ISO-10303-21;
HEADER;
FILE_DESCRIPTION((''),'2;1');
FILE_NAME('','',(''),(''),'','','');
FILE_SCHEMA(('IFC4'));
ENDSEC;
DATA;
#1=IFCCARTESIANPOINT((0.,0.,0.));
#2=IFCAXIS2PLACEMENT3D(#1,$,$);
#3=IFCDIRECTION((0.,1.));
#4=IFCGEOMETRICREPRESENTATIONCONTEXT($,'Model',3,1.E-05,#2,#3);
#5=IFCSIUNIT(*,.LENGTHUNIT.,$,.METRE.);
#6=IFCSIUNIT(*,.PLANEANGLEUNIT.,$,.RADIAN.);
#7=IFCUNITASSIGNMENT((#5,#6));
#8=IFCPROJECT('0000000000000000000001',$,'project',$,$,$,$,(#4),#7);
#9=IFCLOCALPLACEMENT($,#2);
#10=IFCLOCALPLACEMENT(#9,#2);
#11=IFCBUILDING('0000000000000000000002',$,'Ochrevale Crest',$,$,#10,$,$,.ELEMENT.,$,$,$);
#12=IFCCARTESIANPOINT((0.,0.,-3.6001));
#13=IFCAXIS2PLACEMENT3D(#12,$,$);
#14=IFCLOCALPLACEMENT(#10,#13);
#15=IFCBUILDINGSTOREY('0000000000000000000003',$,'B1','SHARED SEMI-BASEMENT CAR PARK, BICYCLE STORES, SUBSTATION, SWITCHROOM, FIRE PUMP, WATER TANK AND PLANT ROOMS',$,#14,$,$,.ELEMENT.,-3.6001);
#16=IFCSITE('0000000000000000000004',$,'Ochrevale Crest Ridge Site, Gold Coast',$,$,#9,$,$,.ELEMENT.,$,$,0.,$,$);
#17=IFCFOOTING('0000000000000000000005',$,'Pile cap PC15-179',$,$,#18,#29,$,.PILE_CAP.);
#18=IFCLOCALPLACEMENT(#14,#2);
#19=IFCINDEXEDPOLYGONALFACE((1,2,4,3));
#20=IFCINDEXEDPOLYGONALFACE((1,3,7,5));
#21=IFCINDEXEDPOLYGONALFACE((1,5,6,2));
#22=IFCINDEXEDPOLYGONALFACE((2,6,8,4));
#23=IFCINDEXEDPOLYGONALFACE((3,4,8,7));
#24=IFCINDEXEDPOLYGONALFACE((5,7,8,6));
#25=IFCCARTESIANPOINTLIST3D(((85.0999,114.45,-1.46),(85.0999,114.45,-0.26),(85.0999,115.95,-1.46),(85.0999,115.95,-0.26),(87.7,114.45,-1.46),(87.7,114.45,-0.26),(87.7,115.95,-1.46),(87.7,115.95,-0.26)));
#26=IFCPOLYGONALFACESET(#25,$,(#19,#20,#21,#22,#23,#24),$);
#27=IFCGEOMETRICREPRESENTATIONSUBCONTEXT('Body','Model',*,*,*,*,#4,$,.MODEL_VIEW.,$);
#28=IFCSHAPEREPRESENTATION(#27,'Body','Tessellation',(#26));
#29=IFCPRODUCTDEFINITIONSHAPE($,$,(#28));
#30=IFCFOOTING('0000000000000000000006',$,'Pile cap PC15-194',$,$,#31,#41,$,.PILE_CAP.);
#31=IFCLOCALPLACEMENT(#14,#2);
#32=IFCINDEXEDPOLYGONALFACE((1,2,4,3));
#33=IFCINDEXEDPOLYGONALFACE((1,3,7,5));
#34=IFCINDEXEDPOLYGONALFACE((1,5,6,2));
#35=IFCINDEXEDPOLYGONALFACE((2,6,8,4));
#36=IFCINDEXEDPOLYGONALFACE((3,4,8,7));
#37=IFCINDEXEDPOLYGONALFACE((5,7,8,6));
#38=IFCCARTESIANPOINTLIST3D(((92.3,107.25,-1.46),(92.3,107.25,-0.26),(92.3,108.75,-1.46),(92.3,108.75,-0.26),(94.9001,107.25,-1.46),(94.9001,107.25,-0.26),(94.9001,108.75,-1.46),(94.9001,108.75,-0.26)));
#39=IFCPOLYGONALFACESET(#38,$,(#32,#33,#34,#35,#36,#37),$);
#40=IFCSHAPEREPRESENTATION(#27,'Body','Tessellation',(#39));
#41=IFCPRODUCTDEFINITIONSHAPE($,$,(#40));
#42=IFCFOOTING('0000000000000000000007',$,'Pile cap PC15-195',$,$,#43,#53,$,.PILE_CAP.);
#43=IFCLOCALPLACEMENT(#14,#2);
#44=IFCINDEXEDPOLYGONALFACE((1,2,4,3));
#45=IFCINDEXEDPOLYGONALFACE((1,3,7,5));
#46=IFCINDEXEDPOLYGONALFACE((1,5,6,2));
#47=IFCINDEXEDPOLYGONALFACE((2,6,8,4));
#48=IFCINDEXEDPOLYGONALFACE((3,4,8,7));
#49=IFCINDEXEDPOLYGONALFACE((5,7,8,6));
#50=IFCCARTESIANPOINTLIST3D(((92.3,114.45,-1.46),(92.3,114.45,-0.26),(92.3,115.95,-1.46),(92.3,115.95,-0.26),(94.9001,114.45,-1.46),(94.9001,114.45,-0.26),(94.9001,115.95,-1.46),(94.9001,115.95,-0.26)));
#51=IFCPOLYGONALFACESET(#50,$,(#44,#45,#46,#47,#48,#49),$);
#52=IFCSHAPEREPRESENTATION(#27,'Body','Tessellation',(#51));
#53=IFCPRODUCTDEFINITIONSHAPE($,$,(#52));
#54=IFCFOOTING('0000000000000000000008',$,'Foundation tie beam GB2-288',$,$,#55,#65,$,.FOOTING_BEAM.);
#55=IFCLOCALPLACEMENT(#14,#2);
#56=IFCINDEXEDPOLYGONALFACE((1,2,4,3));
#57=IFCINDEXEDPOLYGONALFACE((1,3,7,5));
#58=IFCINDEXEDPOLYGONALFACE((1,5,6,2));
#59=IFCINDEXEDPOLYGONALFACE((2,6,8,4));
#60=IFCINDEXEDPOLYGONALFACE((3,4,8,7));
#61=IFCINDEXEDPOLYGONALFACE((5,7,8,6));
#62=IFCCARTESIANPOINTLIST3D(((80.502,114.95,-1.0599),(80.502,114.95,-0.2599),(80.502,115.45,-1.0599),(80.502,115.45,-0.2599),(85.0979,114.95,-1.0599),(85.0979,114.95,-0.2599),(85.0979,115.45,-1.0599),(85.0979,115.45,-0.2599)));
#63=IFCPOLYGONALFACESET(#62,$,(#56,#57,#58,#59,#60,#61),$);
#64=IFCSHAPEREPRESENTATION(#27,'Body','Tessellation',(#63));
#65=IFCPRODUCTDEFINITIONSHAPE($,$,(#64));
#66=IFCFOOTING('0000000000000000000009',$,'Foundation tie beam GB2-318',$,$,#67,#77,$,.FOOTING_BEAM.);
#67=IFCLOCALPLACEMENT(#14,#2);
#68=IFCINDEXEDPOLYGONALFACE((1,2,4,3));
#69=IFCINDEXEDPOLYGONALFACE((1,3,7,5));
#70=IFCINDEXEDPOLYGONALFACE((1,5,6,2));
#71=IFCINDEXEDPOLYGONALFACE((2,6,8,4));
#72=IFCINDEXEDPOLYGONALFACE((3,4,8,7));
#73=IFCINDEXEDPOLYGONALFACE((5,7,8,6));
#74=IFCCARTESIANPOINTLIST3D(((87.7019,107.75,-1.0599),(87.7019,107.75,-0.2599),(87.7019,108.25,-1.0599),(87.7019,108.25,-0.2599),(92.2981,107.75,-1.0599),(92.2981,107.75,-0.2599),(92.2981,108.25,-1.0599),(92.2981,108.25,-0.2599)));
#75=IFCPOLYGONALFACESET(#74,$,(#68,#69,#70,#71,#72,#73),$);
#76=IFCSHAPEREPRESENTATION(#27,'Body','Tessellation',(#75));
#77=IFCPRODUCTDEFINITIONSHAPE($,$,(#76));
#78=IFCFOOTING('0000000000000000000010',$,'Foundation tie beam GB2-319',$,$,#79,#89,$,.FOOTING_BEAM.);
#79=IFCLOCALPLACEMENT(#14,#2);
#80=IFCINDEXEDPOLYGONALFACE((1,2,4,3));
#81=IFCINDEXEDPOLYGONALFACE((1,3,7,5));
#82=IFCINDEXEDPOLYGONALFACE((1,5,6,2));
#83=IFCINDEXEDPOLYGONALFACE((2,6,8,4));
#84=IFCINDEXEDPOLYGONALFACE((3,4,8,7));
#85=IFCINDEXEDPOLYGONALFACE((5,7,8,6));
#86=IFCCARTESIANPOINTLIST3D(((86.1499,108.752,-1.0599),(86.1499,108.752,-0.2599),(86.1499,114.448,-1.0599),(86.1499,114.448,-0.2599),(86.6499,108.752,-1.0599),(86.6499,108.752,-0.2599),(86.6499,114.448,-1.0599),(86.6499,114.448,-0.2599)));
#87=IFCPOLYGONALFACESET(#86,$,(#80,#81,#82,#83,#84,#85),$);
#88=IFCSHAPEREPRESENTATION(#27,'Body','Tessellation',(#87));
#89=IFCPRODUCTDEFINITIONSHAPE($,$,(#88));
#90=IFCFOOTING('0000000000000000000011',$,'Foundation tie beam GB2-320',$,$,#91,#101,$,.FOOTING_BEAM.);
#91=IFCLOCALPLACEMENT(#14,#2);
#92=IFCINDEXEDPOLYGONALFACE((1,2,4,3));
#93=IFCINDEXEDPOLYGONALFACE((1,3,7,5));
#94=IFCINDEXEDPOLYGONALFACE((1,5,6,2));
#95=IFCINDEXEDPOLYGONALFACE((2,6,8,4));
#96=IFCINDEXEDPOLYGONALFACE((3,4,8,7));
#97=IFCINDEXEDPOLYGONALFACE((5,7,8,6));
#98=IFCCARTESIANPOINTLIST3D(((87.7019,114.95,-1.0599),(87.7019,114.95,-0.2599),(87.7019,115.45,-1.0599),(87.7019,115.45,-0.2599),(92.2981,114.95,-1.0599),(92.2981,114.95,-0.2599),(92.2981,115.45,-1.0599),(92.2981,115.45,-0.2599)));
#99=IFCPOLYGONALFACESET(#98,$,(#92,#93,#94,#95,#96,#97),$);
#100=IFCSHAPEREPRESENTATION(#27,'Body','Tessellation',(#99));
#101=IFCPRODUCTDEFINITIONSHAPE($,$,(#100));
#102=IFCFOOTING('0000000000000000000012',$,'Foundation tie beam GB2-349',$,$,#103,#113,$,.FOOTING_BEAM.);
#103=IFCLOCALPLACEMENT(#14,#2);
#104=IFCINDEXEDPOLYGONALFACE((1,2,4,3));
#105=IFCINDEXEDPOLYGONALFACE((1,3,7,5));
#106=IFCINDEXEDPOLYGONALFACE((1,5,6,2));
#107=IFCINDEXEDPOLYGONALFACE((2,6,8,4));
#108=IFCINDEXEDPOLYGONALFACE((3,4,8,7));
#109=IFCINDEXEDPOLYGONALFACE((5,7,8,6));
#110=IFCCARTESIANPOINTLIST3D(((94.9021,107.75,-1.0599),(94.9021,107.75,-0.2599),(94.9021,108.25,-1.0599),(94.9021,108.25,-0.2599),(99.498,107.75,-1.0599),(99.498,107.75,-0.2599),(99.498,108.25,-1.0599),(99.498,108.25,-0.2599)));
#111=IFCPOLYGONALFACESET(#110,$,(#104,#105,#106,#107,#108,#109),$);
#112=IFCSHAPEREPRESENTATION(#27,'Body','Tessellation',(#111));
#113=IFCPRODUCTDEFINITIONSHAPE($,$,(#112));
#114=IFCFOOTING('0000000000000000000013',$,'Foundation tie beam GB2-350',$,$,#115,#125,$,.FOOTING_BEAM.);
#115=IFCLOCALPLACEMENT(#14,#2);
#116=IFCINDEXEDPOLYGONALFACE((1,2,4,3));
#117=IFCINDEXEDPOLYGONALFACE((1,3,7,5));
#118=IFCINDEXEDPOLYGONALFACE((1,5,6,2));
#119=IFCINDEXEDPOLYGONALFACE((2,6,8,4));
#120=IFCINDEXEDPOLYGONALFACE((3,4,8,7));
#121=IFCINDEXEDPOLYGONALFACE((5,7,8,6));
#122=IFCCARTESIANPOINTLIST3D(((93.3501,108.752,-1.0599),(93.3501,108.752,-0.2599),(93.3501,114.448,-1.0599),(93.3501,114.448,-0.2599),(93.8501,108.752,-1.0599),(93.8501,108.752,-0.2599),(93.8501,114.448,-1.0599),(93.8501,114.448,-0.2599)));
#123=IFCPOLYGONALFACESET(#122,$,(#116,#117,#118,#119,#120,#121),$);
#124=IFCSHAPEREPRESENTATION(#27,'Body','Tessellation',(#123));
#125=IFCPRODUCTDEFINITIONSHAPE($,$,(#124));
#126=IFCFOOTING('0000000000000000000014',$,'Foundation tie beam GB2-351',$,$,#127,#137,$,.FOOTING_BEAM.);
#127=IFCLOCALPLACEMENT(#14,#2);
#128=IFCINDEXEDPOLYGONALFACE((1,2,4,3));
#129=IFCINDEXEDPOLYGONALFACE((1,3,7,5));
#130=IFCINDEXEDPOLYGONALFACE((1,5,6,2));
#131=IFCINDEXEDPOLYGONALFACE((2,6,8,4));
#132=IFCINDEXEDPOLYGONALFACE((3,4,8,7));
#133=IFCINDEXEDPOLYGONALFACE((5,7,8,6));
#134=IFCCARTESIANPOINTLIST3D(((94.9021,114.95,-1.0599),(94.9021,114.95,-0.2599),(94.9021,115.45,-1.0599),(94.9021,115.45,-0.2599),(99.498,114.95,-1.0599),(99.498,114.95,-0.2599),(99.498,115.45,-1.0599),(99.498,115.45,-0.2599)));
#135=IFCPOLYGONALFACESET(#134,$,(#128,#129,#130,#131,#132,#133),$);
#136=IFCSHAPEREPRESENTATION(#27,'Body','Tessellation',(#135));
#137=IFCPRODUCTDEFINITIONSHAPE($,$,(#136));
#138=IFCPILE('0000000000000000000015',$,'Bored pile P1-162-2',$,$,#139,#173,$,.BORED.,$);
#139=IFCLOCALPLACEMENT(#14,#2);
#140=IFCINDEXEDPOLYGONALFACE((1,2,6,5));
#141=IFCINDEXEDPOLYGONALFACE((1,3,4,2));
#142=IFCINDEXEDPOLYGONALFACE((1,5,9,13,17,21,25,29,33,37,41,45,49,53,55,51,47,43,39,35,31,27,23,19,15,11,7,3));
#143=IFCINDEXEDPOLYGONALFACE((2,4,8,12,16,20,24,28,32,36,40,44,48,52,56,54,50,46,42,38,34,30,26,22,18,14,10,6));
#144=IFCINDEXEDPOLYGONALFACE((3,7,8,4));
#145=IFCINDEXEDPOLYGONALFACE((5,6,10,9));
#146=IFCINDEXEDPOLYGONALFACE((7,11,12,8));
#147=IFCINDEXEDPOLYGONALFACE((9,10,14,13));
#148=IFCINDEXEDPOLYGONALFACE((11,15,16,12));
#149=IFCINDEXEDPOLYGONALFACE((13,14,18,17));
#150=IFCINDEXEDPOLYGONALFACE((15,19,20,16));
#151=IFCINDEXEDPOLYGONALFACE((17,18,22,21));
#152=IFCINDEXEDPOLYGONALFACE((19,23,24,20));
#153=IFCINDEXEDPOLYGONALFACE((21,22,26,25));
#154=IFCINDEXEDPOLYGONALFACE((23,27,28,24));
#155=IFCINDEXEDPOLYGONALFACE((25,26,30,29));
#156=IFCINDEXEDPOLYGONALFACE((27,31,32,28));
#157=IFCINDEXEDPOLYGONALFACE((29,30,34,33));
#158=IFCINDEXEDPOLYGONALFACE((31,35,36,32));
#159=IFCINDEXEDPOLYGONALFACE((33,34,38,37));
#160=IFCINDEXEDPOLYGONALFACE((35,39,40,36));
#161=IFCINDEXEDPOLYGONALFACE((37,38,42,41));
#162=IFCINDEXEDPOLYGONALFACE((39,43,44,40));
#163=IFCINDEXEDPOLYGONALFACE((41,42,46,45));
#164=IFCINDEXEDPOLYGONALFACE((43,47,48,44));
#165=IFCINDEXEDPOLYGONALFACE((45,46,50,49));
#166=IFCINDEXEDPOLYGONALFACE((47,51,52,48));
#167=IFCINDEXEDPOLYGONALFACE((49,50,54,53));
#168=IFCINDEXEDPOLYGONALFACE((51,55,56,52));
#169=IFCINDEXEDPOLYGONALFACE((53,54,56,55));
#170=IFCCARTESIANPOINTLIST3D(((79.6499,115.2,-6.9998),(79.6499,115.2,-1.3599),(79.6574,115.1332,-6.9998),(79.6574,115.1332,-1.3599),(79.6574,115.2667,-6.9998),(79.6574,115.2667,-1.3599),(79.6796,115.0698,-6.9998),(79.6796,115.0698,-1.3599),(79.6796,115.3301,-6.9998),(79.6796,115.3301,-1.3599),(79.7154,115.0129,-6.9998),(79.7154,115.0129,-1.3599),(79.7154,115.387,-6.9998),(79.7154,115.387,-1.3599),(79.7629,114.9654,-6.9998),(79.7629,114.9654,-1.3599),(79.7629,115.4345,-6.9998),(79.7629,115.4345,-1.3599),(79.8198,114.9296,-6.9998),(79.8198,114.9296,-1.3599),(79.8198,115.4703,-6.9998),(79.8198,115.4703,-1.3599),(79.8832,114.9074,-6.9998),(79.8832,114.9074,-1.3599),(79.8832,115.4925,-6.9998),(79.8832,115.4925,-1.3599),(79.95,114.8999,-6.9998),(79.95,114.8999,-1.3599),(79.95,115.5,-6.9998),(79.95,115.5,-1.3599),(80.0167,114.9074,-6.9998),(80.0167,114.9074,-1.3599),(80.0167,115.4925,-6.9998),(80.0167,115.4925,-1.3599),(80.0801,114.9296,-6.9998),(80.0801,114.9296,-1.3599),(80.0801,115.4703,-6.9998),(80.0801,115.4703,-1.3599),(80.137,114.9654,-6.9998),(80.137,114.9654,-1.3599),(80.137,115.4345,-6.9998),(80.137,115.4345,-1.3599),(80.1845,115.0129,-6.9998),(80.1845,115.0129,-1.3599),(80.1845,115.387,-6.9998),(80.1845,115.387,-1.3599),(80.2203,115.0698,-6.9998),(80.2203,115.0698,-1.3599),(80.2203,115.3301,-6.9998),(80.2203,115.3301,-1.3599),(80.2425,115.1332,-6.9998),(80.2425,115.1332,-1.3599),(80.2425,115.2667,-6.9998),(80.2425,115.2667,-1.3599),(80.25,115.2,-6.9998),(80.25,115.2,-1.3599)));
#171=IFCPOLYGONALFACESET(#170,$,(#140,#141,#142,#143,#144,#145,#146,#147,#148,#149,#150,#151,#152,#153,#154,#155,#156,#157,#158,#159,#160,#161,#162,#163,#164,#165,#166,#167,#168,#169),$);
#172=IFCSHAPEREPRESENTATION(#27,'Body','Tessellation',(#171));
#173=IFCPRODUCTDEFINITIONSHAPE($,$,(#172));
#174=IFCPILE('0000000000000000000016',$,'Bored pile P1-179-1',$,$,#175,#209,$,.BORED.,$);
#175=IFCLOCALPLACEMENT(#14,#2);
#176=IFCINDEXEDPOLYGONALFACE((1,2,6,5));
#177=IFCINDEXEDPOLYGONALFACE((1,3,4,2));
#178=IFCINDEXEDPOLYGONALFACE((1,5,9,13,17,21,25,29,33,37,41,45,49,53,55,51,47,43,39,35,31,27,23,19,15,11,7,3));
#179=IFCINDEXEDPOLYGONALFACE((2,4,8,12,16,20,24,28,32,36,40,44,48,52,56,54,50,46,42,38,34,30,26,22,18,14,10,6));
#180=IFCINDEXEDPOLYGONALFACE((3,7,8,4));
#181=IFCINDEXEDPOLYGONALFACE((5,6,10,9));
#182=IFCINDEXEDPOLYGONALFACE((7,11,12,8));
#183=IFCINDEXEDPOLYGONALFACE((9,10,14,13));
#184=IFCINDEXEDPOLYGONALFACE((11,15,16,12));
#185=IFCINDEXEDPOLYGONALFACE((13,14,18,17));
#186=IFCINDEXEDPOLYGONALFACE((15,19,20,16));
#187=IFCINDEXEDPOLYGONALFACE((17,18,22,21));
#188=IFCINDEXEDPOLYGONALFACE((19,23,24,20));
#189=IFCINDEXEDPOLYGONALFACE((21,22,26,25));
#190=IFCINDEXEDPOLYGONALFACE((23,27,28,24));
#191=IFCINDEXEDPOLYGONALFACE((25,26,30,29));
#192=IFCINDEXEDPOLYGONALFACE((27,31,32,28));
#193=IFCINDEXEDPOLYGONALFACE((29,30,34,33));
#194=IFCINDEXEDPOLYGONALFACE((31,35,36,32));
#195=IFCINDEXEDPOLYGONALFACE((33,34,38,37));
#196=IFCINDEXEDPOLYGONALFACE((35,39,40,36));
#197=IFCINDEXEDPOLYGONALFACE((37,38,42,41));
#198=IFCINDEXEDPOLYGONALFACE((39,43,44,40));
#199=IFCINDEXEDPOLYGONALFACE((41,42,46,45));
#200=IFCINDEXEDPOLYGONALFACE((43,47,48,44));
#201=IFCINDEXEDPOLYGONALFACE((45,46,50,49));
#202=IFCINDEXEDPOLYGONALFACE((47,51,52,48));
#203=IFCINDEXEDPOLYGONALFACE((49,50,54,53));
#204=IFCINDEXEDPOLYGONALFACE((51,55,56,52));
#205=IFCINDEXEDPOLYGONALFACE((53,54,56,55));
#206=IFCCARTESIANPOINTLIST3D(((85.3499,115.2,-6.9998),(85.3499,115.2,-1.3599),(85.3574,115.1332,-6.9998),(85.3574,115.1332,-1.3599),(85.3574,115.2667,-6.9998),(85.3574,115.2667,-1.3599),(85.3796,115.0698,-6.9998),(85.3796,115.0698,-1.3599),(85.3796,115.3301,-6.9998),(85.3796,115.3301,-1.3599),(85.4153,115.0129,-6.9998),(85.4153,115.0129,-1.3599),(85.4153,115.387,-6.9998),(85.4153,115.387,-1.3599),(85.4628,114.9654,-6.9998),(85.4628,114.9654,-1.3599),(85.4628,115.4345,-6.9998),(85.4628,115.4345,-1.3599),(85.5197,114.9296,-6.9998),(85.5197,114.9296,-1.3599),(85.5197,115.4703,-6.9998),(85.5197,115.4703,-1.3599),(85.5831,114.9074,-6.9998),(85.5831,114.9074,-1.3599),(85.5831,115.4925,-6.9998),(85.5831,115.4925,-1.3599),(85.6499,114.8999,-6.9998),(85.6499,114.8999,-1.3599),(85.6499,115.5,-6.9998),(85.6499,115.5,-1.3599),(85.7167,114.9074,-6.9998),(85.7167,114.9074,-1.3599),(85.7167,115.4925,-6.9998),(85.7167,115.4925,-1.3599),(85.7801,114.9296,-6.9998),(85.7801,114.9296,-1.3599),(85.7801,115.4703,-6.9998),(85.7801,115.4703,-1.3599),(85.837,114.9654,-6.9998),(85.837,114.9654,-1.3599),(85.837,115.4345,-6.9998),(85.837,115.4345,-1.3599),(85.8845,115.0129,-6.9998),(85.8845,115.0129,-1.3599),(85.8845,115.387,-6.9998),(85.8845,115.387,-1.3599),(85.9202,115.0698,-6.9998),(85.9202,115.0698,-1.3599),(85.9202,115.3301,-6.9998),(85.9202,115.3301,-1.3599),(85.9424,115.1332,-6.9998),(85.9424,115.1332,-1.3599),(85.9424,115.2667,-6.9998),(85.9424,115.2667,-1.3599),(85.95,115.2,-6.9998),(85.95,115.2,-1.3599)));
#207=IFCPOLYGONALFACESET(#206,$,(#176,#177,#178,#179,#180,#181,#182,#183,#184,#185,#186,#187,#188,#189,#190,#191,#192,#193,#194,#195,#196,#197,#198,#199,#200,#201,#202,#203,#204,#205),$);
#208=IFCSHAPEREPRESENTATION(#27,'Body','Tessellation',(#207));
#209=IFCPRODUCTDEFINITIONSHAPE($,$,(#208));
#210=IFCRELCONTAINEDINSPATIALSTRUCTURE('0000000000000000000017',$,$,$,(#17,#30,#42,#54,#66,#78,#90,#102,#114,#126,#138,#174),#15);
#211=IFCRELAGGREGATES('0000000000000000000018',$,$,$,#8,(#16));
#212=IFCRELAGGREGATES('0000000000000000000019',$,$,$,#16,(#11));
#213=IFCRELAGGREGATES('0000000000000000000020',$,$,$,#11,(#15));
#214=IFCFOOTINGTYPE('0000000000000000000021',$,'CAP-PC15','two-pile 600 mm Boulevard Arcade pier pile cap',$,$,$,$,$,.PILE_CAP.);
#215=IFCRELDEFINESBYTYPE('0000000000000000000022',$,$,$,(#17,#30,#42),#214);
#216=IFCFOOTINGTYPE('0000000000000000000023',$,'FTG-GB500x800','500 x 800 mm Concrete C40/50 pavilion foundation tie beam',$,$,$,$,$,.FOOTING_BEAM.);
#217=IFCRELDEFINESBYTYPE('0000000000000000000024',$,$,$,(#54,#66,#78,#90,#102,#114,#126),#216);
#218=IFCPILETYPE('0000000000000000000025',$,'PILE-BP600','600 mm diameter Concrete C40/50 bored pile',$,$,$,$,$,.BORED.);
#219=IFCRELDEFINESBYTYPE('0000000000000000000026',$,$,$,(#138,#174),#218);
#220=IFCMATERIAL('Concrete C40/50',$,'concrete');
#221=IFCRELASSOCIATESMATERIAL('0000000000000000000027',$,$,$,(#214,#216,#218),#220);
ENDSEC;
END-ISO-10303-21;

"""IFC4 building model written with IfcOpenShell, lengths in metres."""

from ifc_helpers import new_model, si_unit, direction, frame, origin, origin_2d, place, context, subcontext, project, spatial, rectangle, circle, extrude, material, material_profile, profile_set, type_object, element, save


model = new_model("IFC4")

# Units and contexts
model_context = context("Model", 3, precision=1e-05, world=origin(), true_north=direction((0.0, 1.0)))
body_context = subcontext(model_context, "Body", "Model", "MODEL_VIEW")
ifc_project = project(units=[si_unit("LENGTHUNIT", "METRE"), si_unit("PLANEANGLEUNIT", "RADIAN")], contexts=[model_context])

# Site, building, storey
site_placement = place(None, origin())
site = spatial("IfcSite", under=ifc_project, at=site_placement, Name="Ochrevale Crest Ridge Site, Gold Coast", CompositionType="ELEMENT", RefElevation=0.0)
building_placement = place(site_placement, origin())
building = spatial("IfcBuilding", under=site, at=building_placement, Name="Ochrevale Crest", CompositionType="ELEMENT")
storey_placement = place(building_placement, frame((0.0, 0.0, -3.6001)))
storey = spatial("IfcBuildingStorey", under=building, at=storey_placement, Name="B1", Description="SHARED SEMI-BASEMENT CAR PARK, BICYCLE STORES, SUBSTATION, SWITCHROOM, FIRE PUMP, WATER TANK AND PLANT ROOMS", CompositionType="ELEMENT", Elevation=-3.6001)

# Footings
ifc_material_1 = material(Name="Concrete C40/50", Category="concrete")
footing_type_1 = type_object("IfcFootingType", Name="CAP-PC15", Description="two-pile 600 mm Boulevard Arcade pier pile cap", PredefinedType="PILE_CAP", material=ifc_material_1)
for number, where, z_axis, x_axis, name in (
    (1, (86.3999, 115.2, -1.46), (0.0, 0.0, 1.0), (1.0, 0.0, 0.0), "Pile cap PC15-179"),
    (2, (93.6001, 108.0, -1.46), (0.0, 0.0, 1.0), (1.0, 0.0, 0.0), "Pile cap PC15-194"),
    (3, (93.6001, 115.2, -1.46), (0.0, 0.0, 1.0), (1.0, 0.0, 0.0), "Pile cap PC15-195"),
):
    element("IfcFooting", number, at=place(storey_placement, frame(where, z_axis=z_axis, x_axis=x_axis)), inside=storey, type_object=footing_type_1, Name=name, PredefinedType="PILE_CAP", context=body_context, shape_type="SweptSolid", body=[
        extrude(rectangle(XDim=2.6001, YDim=1.5, at=origin_2d()), origin(), (0.0, 0.0, 1.0), 1.2),
    ])
ifc_material_profile_1 = material_profile(ifc_material_1, rectangle(XDim=0.5, YDim=0.8, at=origin_2d()), Name="GB 500x800")
ifc_profile_set_1 = profile_set([ifc_material_profile_1], Name="Concrete C40/50")
footing_type_2 = type_object("IfcFootingType", Name="FTG-GB500x800", Description="500 x 800 mm Concrete C40/50 pavilion foundation tie beam", PredefinedType="FOOTING_BEAM", material=ifc_profile_set_1)
footing_1_placement = place(storey_placement, frame((80.502, 115.2, -0.6599), z_axis=(1.0, 0.0, 0.0), x_axis=(0.0, 1.0, 0.0)))
element("IfcFooting", 4, at=footing_1_placement, inside=storey, type_object=footing_type_2, Name="Foundation tie beam GB2-288", PredefinedType="FOOTING_BEAM", context=body_context, shape_type="SweptSolid", body=[
    extrude(rectangle(XDim=0.5, YDim=0.8, at=origin_2d()), origin(), (0.0, 0.0, 1.0), 4.5959),
])
footing_2_placement = place(storey_placement, frame((87.7019, 108.0, -0.6599), z_axis=(1.0, 0.0, 0.0), x_axis=(0.0, 1.0, 0.0)))
element("IfcFooting", 5, at=footing_2_placement, inside=storey, type_object=footing_type_2, Name="Foundation tie beam GB2-318", PredefinedType="FOOTING_BEAM", context=body_context, shape_type="SweptSolid", body=[
    extrude(rectangle(XDim=0.5, YDim=0.8, at=origin_2d()), origin(), (0.0, 0.0, 1.0), 4.5962),
])
footing_3_placement = place(storey_placement, frame((86.3999, 108.752, -0.6599), z_axis=(0.0, 1.0, 0.0), x_axis=(-1.0, 0.0, 0.0)))
element("IfcFooting", 6, at=footing_3_placement, inside=storey, type_object=footing_type_2, Name="Foundation tie beam GB2-319", PredefinedType="FOOTING_BEAM", context=body_context, shape_type="SweptSolid", body=[
    extrude(rectangle(XDim=0.5, YDim=0.8, at=origin_2d()), origin(), (0.0, 0.0, 1.0), 5.696),
])
footing_4_placement = place(storey_placement, frame((87.7019, 115.2, -0.6599), z_axis=(1.0, 0.0, 0.0), x_axis=(0.0, 1.0, 0.0)))
element("IfcFooting", 7, at=footing_4_placement, inside=storey, type_object=footing_type_2, Name="Foundation tie beam GB2-320", PredefinedType="FOOTING_BEAM", context=body_context, shape_type="SweptSolid", body=[
    extrude(rectangle(XDim=0.5, YDim=0.8, at=origin_2d()), origin(), (0.0, 0.0, 1.0), 4.5962),
])
footing_5_placement = place(storey_placement, frame((94.9021, 108.0, -0.6599), z_axis=(1.0, 0.0, 0.0), x_axis=(0.0, 1.0, 0.0)))
element("IfcFooting", 8, at=footing_5_placement, inside=storey, type_object=footing_type_2, Name="Foundation tie beam GB2-349", PredefinedType="FOOTING_BEAM", context=body_context, shape_type="SweptSolid", body=[
    extrude(rectangle(XDim=0.5, YDim=0.8, at=origin_2d()), origin(), (0.0, 0.0, 1.0), 4.5959),
])
footing_6_placement = place(storey_placement, frame((93.6001, 108.752, -0.6599), z_axis=(0.0, 1.0, 0.0), x_axis=(-1.0, 0.0, 0.0)))
element("IfcFooting", 9, at=footing_6_placement, inside=storey, type_object=footing_type_2, Name="Foundation tie beam GB2-350", PredefinedType="FOOTING_BEAM", context=body_context, shape_type="SweptSolid", body=[
    extrude(rectangle(XDim=0.5, YDim=0.8, at=origin_2d()), origin(), (0.0, 0.0, 1.0), 5.696),
])
footing_7_placement = place(storey_placement, frame((94.9021, 115.2, -0.6599), z_axis=(1.0, 0.0, 0.0), x_axis=(0.0, 1.0, 0.0)))
element("IfcFooting", 10, at=footing_7_placement, inside=storey, type_object=footing_type_2, Name="Foundation tie beam GB2-351", PredefinedType="FOOTING_BEAM", context=body_context, shape_type="SweptSolid", body=[
    extrude(rectangle(XDim=0.5, YDim=0.8, at=origin_2d()), origin(), (0.0, 0.0, 1.0), 4.5959),
])

# Piles
ifc_material_profile_2 = material_profile(ifc_material_1, circle(Radius=0.3, at=origin_2d()), Name="BORED PILE 600")
ifc_profile_set_2 = profile_set([ifc_material_profile_2], Name="Concrete C40/50")
pile_type = type_object("IfcPileType", Name="PILE-BP600", Description="600 mm diameter Concrete C40/50 bored pile", PredefinedType="BORED", material=ifc_profile_set_2)
for number, where, z_axis, x_axis, name in (
    (11, (79.95, 115.2, -1.3599), (0.0, 0.0, -1.0), (1.0, 0.0, 0.0), "Bored pile P1-162-2"),
    (12, (85.6499, 115.2, -1.3599), (0.0, 0.0, -1.0), (1.0, 0.0, 0.0), "Bored pile P1-179-1"),
):
    element("IfcPile", number, at=place(storey_placement, frame(where, z_axis=z_axis, x_axis=x_axis)), inside=storey, type_object=pile_type, Name=name, PredefinedType="BORED", context=body_context, shape_type="SweptSolid", body=[
        extrude(circle(Radius=0.3, at=origin_2d()), origin(), (0.0, 0.0, 1.0), 5.6399),
    ])

save(model, "model.ifc")
